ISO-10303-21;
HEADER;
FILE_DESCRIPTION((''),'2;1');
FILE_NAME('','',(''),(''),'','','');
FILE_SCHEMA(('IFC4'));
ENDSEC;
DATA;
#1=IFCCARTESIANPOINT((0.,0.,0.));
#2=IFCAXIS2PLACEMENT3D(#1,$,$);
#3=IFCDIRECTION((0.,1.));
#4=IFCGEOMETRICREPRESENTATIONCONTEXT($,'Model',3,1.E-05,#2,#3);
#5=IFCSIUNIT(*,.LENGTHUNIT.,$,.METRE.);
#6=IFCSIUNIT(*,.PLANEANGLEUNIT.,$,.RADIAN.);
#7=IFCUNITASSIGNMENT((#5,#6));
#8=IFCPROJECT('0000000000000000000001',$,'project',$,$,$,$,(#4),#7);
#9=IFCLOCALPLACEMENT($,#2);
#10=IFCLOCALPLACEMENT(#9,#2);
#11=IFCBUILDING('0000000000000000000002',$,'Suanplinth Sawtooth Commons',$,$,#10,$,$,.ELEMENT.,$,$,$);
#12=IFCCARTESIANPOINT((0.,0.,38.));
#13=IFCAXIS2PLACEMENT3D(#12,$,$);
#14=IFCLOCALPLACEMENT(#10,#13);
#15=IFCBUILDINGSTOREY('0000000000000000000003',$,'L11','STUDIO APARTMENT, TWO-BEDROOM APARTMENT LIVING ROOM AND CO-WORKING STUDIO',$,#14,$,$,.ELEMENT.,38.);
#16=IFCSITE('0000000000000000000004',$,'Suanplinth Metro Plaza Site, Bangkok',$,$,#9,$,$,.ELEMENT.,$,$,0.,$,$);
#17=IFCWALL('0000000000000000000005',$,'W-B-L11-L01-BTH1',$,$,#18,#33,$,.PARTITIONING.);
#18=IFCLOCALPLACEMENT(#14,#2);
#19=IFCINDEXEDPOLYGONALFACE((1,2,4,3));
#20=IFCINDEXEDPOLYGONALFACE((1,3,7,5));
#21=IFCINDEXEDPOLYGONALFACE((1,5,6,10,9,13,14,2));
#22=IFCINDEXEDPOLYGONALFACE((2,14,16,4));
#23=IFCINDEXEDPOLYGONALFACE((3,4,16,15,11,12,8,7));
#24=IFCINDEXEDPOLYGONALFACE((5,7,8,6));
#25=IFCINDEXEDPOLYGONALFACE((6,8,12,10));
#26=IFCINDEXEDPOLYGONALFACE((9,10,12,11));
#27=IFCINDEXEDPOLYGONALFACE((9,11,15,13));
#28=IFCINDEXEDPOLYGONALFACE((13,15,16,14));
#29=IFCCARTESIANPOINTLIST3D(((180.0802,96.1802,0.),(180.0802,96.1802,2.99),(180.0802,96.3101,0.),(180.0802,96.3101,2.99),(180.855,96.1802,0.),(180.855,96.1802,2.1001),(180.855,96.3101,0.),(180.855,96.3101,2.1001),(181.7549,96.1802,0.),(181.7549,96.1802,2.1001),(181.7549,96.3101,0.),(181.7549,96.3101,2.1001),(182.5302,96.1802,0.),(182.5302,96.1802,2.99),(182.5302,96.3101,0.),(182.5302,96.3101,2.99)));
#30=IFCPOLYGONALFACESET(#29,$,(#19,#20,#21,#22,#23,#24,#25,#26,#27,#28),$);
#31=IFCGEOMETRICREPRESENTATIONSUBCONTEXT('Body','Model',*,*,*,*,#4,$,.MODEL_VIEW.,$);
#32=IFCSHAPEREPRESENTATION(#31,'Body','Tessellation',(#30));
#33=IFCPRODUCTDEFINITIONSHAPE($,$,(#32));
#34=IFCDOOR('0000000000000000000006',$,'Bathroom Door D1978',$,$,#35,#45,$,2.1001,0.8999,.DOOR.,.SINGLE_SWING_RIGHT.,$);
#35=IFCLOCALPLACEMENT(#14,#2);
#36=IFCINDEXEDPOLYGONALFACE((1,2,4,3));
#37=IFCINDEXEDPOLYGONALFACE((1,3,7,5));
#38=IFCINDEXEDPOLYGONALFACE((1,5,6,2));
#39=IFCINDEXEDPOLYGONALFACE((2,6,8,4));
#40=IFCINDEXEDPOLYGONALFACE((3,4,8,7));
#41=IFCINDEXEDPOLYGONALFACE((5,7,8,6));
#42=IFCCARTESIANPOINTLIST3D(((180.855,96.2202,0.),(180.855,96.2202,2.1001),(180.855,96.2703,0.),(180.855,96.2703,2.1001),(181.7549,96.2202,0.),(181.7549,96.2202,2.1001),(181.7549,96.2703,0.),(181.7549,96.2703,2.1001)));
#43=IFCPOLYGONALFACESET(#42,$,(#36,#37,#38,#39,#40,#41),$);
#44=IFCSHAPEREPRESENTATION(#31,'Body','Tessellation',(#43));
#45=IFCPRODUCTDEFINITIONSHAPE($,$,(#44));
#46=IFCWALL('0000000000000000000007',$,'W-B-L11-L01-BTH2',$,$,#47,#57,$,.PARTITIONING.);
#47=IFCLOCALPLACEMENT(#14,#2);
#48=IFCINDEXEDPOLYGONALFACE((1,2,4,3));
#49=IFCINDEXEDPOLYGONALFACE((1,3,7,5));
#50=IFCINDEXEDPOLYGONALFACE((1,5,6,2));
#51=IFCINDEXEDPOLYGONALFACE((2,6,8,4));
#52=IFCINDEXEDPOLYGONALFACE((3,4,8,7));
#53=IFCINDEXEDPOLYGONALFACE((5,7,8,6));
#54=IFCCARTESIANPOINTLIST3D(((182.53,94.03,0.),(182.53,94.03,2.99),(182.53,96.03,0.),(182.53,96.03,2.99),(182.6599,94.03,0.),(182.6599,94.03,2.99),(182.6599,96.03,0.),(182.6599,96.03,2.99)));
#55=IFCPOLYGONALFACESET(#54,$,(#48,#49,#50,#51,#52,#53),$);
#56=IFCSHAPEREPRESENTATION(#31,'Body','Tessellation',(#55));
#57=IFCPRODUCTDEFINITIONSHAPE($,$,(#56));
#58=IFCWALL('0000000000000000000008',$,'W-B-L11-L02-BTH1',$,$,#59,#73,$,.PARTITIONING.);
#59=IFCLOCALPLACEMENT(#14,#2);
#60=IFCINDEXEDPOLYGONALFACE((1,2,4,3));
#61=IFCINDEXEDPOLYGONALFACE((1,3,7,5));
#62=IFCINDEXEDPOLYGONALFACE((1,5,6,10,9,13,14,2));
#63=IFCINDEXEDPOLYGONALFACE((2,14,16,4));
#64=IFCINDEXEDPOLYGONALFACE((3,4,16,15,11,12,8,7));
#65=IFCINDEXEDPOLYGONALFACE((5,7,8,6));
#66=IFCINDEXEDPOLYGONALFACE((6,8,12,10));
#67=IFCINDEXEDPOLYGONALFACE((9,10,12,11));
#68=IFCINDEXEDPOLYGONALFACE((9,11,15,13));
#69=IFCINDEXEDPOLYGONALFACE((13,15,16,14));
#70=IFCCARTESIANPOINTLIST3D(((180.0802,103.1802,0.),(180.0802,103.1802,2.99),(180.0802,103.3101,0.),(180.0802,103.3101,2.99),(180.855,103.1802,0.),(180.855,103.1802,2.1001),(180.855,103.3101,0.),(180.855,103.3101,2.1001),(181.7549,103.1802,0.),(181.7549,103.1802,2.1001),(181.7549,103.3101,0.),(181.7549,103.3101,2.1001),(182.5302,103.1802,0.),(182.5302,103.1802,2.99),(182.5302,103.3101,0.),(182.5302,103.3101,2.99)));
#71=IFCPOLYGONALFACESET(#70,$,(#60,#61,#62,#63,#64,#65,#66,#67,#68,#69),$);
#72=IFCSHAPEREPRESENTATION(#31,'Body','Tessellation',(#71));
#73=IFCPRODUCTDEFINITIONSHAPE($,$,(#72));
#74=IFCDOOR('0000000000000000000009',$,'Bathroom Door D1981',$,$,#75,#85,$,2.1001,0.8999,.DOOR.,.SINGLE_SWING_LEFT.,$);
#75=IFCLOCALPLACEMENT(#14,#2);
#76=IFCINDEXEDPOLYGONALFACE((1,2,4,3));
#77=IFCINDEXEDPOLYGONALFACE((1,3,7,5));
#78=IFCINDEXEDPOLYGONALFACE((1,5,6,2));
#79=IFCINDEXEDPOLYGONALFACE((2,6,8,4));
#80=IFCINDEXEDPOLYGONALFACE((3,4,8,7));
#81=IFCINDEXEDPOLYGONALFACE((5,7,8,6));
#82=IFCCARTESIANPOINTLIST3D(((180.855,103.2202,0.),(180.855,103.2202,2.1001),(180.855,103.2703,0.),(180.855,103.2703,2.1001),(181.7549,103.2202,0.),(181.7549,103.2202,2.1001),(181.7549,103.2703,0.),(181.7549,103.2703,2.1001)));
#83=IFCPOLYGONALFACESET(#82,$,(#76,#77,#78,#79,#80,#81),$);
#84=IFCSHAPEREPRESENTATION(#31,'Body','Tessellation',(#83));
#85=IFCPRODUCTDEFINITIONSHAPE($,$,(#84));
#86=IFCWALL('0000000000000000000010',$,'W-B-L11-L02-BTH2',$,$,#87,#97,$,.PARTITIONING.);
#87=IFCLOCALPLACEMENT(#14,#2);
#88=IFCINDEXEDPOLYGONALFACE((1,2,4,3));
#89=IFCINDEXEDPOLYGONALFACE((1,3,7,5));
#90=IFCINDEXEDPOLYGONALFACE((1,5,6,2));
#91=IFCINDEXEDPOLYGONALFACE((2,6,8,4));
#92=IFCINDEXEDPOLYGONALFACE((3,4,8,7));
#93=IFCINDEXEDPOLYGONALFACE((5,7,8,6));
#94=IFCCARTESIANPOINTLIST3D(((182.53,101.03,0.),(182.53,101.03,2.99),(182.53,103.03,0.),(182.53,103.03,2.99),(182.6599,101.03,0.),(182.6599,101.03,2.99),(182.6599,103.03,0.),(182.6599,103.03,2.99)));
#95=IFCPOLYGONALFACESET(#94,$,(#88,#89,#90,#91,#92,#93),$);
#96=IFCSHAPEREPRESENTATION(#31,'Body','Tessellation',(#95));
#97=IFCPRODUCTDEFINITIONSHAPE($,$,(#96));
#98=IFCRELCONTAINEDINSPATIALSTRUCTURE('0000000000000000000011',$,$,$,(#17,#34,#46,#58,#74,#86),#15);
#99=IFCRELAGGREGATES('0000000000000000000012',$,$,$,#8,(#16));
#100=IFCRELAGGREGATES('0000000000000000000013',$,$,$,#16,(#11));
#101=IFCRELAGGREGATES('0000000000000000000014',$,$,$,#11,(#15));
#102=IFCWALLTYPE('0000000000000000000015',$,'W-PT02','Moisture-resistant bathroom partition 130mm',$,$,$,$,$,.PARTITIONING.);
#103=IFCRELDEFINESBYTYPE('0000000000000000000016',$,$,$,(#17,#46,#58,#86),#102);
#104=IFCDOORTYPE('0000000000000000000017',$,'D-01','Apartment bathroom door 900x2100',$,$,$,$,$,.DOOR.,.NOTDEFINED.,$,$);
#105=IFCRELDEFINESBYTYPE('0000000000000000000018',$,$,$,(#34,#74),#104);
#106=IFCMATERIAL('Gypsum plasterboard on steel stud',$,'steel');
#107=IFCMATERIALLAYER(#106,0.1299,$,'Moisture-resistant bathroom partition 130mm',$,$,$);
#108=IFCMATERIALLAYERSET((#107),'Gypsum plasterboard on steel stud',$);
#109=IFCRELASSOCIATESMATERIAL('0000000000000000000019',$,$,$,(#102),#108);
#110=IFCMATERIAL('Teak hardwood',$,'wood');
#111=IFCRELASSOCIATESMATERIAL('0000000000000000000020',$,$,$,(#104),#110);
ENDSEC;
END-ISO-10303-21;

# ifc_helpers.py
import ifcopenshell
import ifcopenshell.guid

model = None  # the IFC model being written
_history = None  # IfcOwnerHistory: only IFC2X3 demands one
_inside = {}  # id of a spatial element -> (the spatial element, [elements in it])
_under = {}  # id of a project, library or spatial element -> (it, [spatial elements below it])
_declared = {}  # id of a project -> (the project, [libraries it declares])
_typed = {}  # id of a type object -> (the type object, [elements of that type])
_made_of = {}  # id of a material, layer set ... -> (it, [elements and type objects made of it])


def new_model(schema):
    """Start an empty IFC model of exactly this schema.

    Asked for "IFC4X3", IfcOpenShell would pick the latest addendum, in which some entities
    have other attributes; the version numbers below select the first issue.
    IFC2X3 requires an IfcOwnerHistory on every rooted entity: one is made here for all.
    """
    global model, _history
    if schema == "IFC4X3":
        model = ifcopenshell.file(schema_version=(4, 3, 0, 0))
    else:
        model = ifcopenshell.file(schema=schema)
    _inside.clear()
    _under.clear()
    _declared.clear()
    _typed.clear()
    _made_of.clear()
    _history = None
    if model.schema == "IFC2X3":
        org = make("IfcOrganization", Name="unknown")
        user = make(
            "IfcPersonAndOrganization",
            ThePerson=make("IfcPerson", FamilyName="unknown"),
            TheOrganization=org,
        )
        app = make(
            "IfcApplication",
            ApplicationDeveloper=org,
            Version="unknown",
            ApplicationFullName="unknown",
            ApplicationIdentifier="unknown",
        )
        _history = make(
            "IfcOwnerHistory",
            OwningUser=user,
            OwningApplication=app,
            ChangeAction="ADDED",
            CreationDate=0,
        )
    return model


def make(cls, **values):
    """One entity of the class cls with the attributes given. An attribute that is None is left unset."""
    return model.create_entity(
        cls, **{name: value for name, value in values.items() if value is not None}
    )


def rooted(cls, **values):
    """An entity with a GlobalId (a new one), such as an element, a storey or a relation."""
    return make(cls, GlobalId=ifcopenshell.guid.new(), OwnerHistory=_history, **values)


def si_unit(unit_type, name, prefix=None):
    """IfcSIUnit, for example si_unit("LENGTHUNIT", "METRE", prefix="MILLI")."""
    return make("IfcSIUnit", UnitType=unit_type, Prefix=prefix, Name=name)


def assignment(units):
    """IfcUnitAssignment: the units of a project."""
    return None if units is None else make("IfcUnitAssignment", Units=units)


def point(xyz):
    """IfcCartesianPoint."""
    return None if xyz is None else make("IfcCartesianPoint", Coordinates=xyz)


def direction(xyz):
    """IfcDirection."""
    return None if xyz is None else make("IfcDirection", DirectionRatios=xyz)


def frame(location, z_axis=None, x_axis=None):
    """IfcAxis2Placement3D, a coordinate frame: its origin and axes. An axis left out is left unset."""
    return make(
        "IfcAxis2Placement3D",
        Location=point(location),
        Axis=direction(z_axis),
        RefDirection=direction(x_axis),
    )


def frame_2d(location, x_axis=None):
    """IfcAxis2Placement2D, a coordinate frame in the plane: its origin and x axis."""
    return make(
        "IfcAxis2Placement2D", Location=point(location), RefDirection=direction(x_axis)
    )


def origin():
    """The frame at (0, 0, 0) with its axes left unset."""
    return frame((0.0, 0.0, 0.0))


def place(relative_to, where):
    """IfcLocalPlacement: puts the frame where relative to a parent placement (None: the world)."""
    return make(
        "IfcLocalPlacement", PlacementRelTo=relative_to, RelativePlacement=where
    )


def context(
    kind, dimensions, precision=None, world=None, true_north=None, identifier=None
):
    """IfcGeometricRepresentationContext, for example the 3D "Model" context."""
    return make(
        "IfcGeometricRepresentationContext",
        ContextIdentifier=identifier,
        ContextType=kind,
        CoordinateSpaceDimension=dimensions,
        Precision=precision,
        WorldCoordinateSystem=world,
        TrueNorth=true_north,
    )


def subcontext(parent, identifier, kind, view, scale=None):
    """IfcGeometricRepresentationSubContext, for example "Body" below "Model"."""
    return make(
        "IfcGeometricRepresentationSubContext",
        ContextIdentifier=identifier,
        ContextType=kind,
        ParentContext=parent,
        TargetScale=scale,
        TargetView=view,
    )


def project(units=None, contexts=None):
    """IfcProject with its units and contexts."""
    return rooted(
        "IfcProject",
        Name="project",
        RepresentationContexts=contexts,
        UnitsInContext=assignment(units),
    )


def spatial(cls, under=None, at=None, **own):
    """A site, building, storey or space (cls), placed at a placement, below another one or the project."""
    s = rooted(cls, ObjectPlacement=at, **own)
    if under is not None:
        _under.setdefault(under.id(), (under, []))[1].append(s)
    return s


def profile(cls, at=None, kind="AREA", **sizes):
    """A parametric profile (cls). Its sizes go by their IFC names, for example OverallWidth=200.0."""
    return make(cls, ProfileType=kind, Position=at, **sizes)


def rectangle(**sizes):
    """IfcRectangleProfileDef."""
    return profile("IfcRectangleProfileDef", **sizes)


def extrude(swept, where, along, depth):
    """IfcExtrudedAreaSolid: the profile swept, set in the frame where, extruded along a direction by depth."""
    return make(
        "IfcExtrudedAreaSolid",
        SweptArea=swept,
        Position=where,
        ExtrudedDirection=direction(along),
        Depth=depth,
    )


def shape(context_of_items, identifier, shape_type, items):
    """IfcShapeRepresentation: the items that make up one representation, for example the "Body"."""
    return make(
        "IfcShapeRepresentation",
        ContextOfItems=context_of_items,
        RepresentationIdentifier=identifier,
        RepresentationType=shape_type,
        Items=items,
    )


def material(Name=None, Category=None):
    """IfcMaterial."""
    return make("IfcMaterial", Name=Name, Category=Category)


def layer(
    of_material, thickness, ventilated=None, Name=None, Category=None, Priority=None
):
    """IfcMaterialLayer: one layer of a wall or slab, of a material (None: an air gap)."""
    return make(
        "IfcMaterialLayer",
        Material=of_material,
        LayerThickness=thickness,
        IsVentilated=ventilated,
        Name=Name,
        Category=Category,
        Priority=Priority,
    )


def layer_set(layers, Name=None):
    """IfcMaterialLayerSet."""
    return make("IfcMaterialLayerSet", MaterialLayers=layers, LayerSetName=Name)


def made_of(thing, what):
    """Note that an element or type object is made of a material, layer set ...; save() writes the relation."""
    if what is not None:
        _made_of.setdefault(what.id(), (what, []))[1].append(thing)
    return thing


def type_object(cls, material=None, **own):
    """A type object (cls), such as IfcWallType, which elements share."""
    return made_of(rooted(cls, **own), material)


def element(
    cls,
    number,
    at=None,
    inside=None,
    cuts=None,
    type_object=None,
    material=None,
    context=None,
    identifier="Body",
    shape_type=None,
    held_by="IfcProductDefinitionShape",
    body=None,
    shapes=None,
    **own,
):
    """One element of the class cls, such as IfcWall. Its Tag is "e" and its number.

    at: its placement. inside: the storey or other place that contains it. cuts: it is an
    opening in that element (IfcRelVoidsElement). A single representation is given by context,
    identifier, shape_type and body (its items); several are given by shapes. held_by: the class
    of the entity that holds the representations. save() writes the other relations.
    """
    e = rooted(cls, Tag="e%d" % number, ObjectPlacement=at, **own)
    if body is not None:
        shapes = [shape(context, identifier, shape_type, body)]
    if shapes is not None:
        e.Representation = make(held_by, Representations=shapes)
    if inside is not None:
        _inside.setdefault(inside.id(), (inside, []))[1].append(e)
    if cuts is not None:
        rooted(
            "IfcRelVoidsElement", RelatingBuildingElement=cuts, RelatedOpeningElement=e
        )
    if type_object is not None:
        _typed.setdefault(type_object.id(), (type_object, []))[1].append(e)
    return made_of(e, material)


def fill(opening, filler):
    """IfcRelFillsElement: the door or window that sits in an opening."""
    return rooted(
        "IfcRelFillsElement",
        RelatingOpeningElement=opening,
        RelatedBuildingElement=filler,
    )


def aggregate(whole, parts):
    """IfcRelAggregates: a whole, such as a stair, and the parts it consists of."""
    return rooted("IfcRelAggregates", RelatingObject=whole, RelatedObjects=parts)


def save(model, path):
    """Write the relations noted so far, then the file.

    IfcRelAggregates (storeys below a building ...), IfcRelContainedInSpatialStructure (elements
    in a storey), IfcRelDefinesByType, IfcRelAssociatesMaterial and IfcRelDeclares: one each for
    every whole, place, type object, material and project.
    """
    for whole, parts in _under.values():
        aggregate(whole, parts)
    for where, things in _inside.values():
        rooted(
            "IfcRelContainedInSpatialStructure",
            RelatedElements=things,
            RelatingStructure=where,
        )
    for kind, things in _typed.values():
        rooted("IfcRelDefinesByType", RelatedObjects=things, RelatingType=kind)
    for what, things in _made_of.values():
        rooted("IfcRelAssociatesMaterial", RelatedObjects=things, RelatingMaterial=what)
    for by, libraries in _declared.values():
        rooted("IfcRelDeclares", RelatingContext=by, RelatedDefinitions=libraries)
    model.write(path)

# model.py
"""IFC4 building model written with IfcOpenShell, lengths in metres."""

from ifc_helpers import new_model, si_unit, direction, frame, frame_2d, origin, place, context, subcontext, project, spatial, rectangle, extrude, material, layer, layer_set, type_object, element, fill, save


model = new_model("IFC4")

# Units and contexts
model_context = context("Model", 3, precision=1e-05, world=origin(), true_north=direction((0.0, 1.0)))
body_context = subcontext(model_context, "Body", "Model", "MODEL_VIEW")
ifc_project = project(units=[si_unit("LENGTHUNIT", "METRE"), si_unit("PLANEANGLEUNIT", "RADIAN")], contexts=[model_context])

# Site, building, storey
site_placement = place(None, origin())
site = spatial("IfcSite", under=ifc_project, at=site_placement, Name="Suanplinth Metro Plaza Site, Bangkok", CompositionType="ELEMENT", RefElevation=0.0)
building_placement = place(site_placement, origin())
building = spatial("IfcBuilding", under=site, at=building_placement, Name="Suanplinth Sawtooth Commons", CompositionType="ELEMENT")
storey_placement = place(building_placement, frame((0.0, 0.0, 38.0)))
storey = spatial("IfcBuildingStorey", under=building, at=storey_placement, Name="L11", Description="STUDIO APARTMENT, TWO-BEDROOM APARTMENT LIVING ROOM AND CO-WORKING STUDIO", CompositionType="ELEMENT", Elevation=38.0)

# Wall, opening, door
ifc_material_1 = material(Name="Gypsum plasterboard on steel stud", Category="steel")
ifc_layer_1 = layer(ifc_material_1, 0.1299, Name="Moisture-resistant bathroom partition 130mm")
ifc_layer_set_1 = layer_set([ifc_layer_1], Name="Gypsum plasterboard on steel stud")
wall_type_1 = type_object("IfcWallType", Name="W-PT02", Description="Moisture-resistant bathroom partition 130mm", PredefinedType="PARTITIONING", material=ifc_layer_set_1)
wall_1_placement = place(storey_placement, frame((180.0801, 96.2451, 0.0), z_axis=(0.0, 0.0, 1.0), x_axis=(1.0, 0.0, 0.0)))
wall_1 = element("IfcWall", 1, at=wall_1_placement, inside=storey, type_object=wall_type_1, Name="W-B-L11-L01-BTH1", PredefinedType="PARTITIONING", context=body_context, shape_type="SweptSolid", body=[
    extrude(rectangle(XDim=2.45, YDim=0.1299, at=frame_2d((1.2251, 0.0))), origin(), (0.0, 0.0, 1.0), 2.99),
])
opening_1_placement = place(wall_1_placement, frame((0.7749, 0.0, 0.0)))
opening_1 = element("IfcOpeningElement", 2, at=opening_1_placement, cuts=wall_1, PredefinedType="OPENING", context=body_context, shape_type="SweptSolid", body=[
    extrude(rectangle(XDim=0.8999, YDim=2.1001, at=frame_2d((0.45, 1.05))), frame((0.0, 0.0798, 0.0), z_axis=(0.0, -1.0, 0.0), x_axis=(1.0, 0.0, 0.0)), (0.0, 0.0, 1.0), 0.1597),
])
ifc_material_2 = material(Name="Teak hardwood", Category="wood")
door_type_1 = type_object("IfcDoorType", Name="D-01", Description="Apartment bathroom door 900x2100", OperationType="NOTDEFINED", PredefinedType="DOOR", material=ifc_material_2)
door_1_placement = place(opening_1_placement, frame((0.8999, 0.0, 0.0), z_axis=(0.0, 0.0, 1.0), x_axis=(-1.0, 0.0, 0.0)))
door_1 = element("IfcDoor", 3, at=door_1_placement, inside=storey, type_object=door_type_1, Name="Bathroom Door D1978", OperationType="SINGLE_SWING_RIGHT", OverallHeight=2.1001, OverallWidth=0.8999, PredefinedType="DOOR", context=body_context, shape_type="SweptSolid", body=[
    extrude(rectangle(XDim=0.8999, YDim=2.1001, at=frame_2d((0.45, 1.05))), frame((0.0, 0.0249, 0.0), z_axis=(0.0, -1.0, 0.0), x_axis=(1.0, 0.0, 0.0)), (0.0, 0.0, 1.0), 0.05),
])
fill(opening_1, door_1)

# Wall
wall_2_placement = place(storey_placement, frame((182.595, 94.03, 0.0), z_axis=(0.0, 0.0, 1.0), x_axis=(0.0, 1.0, 0.0)))
element("IfcWall", 4, at=wall_2_placement, inside=storey, type_object=wall_type_1, Name="W-B-L11-L01-BTH2", PredefinedType="PARTITIONING", context=body_context, shape_type="SweptSolid", body=[
    extrude(rectangle(XDim=2.0, YDim=0.1299, at=frame_2d((1.0, 0.0))), origin(), (0.0, 0.0, 1.0), 2.99),
])

# Wall, opening, door
wall_3_placement = place(storey_placement, frame((180.0801, 103.2451, 0.0), z_axis=(0.0, 0.0, 1.0), x_axis=(1.0, 0.0, 0.0)))
wall_3 = element("IfcWall", 5, at=wall_3_placement, inside=storey, type_object=wall_type_1, Name="W-B-L11-L02-BTH1", PredefinedType="PARTITIONING", context=body_context, shape_type="SweptSolid", body=[
    extrude(rectangle(XDim=2.45, YDim=0.1299, at=frame_2d((1.2251, 0.0))), origin(), (0.0, 0.0, 1.0), 2.99),
])
opening_2_placement = place(wall_3_placement, frame((0.7749, 0.0, 0.0)))
opening_2 = element("IfcOpeningElement", 6, at=opening_2_placement, cuts=wall_3, PredefinedType="OPENING", context=body_context, shape_type="SweptSolid", body=[
    extrude(rectangle(XDim=0.8999, YDim=2.1001, at=frame_2d((0.45, 1.05))), frame((0.0, 0.0798, 0.0), z_axis=(0.0, -1.0, 0.0), x_axis=(1.0, 0.0, 0.0)), (0.0, 0.0, 1.0), 0.1597),
])
door_2_placement = place(opening_2_placement, frame((0.8999, 0.0, 0.0), z_axis=(0.0, 0.0, 1.0), x_axis=(-1.0, 0.0, 0.0)))
door_2 = element("IfcDoor", 7, at=door_2_placement, inside=storey, type_object=door_type_1, Name="Bathroom Door D1981", OperationType="SINGLE_SWING_LEFT", OverallHeight=2.1001, OverallWidth=0.8999, PredefinedType="DOOR", context=body_context, shape_type="SweptSolid", body=[
    extrude(rectangle(XDim=0.8999, YDim=2.1001, at=frame_2d((0.45, 1.05))), frame((0.0, 0.0249, 0.0), z_axis=(0.0, -1.0, 0.0), x_axis=(1.0, 0.0, 0.0)), (0.0, 0.0, 1.0), 0.05),
])
fill(opening_2, door_2)

# Wall
wall_4_placement = place(storey_placement, frame((182.595, 101.03, 0.0), z_axis=(0.0, 0.0, 1.0), x_axis=(0.0, 1.0, 0.0)))
element("IfcWall", 8, at=wall_4_placement, inside=storey, type_object=wall_type_1, Name="W-B-L11-L02-BTH2", PredefinedType="PARTITIONING", context=body_context, shape_type="SweptSolid", body=[
    extrude(rectangle(XDim=2.0, YDim=0.1299, at=frame_2d((1.0, 0.0))), origin(), (0.0, 0.0, 1.0), 2.99),
])

save(model, "model.ifc")
